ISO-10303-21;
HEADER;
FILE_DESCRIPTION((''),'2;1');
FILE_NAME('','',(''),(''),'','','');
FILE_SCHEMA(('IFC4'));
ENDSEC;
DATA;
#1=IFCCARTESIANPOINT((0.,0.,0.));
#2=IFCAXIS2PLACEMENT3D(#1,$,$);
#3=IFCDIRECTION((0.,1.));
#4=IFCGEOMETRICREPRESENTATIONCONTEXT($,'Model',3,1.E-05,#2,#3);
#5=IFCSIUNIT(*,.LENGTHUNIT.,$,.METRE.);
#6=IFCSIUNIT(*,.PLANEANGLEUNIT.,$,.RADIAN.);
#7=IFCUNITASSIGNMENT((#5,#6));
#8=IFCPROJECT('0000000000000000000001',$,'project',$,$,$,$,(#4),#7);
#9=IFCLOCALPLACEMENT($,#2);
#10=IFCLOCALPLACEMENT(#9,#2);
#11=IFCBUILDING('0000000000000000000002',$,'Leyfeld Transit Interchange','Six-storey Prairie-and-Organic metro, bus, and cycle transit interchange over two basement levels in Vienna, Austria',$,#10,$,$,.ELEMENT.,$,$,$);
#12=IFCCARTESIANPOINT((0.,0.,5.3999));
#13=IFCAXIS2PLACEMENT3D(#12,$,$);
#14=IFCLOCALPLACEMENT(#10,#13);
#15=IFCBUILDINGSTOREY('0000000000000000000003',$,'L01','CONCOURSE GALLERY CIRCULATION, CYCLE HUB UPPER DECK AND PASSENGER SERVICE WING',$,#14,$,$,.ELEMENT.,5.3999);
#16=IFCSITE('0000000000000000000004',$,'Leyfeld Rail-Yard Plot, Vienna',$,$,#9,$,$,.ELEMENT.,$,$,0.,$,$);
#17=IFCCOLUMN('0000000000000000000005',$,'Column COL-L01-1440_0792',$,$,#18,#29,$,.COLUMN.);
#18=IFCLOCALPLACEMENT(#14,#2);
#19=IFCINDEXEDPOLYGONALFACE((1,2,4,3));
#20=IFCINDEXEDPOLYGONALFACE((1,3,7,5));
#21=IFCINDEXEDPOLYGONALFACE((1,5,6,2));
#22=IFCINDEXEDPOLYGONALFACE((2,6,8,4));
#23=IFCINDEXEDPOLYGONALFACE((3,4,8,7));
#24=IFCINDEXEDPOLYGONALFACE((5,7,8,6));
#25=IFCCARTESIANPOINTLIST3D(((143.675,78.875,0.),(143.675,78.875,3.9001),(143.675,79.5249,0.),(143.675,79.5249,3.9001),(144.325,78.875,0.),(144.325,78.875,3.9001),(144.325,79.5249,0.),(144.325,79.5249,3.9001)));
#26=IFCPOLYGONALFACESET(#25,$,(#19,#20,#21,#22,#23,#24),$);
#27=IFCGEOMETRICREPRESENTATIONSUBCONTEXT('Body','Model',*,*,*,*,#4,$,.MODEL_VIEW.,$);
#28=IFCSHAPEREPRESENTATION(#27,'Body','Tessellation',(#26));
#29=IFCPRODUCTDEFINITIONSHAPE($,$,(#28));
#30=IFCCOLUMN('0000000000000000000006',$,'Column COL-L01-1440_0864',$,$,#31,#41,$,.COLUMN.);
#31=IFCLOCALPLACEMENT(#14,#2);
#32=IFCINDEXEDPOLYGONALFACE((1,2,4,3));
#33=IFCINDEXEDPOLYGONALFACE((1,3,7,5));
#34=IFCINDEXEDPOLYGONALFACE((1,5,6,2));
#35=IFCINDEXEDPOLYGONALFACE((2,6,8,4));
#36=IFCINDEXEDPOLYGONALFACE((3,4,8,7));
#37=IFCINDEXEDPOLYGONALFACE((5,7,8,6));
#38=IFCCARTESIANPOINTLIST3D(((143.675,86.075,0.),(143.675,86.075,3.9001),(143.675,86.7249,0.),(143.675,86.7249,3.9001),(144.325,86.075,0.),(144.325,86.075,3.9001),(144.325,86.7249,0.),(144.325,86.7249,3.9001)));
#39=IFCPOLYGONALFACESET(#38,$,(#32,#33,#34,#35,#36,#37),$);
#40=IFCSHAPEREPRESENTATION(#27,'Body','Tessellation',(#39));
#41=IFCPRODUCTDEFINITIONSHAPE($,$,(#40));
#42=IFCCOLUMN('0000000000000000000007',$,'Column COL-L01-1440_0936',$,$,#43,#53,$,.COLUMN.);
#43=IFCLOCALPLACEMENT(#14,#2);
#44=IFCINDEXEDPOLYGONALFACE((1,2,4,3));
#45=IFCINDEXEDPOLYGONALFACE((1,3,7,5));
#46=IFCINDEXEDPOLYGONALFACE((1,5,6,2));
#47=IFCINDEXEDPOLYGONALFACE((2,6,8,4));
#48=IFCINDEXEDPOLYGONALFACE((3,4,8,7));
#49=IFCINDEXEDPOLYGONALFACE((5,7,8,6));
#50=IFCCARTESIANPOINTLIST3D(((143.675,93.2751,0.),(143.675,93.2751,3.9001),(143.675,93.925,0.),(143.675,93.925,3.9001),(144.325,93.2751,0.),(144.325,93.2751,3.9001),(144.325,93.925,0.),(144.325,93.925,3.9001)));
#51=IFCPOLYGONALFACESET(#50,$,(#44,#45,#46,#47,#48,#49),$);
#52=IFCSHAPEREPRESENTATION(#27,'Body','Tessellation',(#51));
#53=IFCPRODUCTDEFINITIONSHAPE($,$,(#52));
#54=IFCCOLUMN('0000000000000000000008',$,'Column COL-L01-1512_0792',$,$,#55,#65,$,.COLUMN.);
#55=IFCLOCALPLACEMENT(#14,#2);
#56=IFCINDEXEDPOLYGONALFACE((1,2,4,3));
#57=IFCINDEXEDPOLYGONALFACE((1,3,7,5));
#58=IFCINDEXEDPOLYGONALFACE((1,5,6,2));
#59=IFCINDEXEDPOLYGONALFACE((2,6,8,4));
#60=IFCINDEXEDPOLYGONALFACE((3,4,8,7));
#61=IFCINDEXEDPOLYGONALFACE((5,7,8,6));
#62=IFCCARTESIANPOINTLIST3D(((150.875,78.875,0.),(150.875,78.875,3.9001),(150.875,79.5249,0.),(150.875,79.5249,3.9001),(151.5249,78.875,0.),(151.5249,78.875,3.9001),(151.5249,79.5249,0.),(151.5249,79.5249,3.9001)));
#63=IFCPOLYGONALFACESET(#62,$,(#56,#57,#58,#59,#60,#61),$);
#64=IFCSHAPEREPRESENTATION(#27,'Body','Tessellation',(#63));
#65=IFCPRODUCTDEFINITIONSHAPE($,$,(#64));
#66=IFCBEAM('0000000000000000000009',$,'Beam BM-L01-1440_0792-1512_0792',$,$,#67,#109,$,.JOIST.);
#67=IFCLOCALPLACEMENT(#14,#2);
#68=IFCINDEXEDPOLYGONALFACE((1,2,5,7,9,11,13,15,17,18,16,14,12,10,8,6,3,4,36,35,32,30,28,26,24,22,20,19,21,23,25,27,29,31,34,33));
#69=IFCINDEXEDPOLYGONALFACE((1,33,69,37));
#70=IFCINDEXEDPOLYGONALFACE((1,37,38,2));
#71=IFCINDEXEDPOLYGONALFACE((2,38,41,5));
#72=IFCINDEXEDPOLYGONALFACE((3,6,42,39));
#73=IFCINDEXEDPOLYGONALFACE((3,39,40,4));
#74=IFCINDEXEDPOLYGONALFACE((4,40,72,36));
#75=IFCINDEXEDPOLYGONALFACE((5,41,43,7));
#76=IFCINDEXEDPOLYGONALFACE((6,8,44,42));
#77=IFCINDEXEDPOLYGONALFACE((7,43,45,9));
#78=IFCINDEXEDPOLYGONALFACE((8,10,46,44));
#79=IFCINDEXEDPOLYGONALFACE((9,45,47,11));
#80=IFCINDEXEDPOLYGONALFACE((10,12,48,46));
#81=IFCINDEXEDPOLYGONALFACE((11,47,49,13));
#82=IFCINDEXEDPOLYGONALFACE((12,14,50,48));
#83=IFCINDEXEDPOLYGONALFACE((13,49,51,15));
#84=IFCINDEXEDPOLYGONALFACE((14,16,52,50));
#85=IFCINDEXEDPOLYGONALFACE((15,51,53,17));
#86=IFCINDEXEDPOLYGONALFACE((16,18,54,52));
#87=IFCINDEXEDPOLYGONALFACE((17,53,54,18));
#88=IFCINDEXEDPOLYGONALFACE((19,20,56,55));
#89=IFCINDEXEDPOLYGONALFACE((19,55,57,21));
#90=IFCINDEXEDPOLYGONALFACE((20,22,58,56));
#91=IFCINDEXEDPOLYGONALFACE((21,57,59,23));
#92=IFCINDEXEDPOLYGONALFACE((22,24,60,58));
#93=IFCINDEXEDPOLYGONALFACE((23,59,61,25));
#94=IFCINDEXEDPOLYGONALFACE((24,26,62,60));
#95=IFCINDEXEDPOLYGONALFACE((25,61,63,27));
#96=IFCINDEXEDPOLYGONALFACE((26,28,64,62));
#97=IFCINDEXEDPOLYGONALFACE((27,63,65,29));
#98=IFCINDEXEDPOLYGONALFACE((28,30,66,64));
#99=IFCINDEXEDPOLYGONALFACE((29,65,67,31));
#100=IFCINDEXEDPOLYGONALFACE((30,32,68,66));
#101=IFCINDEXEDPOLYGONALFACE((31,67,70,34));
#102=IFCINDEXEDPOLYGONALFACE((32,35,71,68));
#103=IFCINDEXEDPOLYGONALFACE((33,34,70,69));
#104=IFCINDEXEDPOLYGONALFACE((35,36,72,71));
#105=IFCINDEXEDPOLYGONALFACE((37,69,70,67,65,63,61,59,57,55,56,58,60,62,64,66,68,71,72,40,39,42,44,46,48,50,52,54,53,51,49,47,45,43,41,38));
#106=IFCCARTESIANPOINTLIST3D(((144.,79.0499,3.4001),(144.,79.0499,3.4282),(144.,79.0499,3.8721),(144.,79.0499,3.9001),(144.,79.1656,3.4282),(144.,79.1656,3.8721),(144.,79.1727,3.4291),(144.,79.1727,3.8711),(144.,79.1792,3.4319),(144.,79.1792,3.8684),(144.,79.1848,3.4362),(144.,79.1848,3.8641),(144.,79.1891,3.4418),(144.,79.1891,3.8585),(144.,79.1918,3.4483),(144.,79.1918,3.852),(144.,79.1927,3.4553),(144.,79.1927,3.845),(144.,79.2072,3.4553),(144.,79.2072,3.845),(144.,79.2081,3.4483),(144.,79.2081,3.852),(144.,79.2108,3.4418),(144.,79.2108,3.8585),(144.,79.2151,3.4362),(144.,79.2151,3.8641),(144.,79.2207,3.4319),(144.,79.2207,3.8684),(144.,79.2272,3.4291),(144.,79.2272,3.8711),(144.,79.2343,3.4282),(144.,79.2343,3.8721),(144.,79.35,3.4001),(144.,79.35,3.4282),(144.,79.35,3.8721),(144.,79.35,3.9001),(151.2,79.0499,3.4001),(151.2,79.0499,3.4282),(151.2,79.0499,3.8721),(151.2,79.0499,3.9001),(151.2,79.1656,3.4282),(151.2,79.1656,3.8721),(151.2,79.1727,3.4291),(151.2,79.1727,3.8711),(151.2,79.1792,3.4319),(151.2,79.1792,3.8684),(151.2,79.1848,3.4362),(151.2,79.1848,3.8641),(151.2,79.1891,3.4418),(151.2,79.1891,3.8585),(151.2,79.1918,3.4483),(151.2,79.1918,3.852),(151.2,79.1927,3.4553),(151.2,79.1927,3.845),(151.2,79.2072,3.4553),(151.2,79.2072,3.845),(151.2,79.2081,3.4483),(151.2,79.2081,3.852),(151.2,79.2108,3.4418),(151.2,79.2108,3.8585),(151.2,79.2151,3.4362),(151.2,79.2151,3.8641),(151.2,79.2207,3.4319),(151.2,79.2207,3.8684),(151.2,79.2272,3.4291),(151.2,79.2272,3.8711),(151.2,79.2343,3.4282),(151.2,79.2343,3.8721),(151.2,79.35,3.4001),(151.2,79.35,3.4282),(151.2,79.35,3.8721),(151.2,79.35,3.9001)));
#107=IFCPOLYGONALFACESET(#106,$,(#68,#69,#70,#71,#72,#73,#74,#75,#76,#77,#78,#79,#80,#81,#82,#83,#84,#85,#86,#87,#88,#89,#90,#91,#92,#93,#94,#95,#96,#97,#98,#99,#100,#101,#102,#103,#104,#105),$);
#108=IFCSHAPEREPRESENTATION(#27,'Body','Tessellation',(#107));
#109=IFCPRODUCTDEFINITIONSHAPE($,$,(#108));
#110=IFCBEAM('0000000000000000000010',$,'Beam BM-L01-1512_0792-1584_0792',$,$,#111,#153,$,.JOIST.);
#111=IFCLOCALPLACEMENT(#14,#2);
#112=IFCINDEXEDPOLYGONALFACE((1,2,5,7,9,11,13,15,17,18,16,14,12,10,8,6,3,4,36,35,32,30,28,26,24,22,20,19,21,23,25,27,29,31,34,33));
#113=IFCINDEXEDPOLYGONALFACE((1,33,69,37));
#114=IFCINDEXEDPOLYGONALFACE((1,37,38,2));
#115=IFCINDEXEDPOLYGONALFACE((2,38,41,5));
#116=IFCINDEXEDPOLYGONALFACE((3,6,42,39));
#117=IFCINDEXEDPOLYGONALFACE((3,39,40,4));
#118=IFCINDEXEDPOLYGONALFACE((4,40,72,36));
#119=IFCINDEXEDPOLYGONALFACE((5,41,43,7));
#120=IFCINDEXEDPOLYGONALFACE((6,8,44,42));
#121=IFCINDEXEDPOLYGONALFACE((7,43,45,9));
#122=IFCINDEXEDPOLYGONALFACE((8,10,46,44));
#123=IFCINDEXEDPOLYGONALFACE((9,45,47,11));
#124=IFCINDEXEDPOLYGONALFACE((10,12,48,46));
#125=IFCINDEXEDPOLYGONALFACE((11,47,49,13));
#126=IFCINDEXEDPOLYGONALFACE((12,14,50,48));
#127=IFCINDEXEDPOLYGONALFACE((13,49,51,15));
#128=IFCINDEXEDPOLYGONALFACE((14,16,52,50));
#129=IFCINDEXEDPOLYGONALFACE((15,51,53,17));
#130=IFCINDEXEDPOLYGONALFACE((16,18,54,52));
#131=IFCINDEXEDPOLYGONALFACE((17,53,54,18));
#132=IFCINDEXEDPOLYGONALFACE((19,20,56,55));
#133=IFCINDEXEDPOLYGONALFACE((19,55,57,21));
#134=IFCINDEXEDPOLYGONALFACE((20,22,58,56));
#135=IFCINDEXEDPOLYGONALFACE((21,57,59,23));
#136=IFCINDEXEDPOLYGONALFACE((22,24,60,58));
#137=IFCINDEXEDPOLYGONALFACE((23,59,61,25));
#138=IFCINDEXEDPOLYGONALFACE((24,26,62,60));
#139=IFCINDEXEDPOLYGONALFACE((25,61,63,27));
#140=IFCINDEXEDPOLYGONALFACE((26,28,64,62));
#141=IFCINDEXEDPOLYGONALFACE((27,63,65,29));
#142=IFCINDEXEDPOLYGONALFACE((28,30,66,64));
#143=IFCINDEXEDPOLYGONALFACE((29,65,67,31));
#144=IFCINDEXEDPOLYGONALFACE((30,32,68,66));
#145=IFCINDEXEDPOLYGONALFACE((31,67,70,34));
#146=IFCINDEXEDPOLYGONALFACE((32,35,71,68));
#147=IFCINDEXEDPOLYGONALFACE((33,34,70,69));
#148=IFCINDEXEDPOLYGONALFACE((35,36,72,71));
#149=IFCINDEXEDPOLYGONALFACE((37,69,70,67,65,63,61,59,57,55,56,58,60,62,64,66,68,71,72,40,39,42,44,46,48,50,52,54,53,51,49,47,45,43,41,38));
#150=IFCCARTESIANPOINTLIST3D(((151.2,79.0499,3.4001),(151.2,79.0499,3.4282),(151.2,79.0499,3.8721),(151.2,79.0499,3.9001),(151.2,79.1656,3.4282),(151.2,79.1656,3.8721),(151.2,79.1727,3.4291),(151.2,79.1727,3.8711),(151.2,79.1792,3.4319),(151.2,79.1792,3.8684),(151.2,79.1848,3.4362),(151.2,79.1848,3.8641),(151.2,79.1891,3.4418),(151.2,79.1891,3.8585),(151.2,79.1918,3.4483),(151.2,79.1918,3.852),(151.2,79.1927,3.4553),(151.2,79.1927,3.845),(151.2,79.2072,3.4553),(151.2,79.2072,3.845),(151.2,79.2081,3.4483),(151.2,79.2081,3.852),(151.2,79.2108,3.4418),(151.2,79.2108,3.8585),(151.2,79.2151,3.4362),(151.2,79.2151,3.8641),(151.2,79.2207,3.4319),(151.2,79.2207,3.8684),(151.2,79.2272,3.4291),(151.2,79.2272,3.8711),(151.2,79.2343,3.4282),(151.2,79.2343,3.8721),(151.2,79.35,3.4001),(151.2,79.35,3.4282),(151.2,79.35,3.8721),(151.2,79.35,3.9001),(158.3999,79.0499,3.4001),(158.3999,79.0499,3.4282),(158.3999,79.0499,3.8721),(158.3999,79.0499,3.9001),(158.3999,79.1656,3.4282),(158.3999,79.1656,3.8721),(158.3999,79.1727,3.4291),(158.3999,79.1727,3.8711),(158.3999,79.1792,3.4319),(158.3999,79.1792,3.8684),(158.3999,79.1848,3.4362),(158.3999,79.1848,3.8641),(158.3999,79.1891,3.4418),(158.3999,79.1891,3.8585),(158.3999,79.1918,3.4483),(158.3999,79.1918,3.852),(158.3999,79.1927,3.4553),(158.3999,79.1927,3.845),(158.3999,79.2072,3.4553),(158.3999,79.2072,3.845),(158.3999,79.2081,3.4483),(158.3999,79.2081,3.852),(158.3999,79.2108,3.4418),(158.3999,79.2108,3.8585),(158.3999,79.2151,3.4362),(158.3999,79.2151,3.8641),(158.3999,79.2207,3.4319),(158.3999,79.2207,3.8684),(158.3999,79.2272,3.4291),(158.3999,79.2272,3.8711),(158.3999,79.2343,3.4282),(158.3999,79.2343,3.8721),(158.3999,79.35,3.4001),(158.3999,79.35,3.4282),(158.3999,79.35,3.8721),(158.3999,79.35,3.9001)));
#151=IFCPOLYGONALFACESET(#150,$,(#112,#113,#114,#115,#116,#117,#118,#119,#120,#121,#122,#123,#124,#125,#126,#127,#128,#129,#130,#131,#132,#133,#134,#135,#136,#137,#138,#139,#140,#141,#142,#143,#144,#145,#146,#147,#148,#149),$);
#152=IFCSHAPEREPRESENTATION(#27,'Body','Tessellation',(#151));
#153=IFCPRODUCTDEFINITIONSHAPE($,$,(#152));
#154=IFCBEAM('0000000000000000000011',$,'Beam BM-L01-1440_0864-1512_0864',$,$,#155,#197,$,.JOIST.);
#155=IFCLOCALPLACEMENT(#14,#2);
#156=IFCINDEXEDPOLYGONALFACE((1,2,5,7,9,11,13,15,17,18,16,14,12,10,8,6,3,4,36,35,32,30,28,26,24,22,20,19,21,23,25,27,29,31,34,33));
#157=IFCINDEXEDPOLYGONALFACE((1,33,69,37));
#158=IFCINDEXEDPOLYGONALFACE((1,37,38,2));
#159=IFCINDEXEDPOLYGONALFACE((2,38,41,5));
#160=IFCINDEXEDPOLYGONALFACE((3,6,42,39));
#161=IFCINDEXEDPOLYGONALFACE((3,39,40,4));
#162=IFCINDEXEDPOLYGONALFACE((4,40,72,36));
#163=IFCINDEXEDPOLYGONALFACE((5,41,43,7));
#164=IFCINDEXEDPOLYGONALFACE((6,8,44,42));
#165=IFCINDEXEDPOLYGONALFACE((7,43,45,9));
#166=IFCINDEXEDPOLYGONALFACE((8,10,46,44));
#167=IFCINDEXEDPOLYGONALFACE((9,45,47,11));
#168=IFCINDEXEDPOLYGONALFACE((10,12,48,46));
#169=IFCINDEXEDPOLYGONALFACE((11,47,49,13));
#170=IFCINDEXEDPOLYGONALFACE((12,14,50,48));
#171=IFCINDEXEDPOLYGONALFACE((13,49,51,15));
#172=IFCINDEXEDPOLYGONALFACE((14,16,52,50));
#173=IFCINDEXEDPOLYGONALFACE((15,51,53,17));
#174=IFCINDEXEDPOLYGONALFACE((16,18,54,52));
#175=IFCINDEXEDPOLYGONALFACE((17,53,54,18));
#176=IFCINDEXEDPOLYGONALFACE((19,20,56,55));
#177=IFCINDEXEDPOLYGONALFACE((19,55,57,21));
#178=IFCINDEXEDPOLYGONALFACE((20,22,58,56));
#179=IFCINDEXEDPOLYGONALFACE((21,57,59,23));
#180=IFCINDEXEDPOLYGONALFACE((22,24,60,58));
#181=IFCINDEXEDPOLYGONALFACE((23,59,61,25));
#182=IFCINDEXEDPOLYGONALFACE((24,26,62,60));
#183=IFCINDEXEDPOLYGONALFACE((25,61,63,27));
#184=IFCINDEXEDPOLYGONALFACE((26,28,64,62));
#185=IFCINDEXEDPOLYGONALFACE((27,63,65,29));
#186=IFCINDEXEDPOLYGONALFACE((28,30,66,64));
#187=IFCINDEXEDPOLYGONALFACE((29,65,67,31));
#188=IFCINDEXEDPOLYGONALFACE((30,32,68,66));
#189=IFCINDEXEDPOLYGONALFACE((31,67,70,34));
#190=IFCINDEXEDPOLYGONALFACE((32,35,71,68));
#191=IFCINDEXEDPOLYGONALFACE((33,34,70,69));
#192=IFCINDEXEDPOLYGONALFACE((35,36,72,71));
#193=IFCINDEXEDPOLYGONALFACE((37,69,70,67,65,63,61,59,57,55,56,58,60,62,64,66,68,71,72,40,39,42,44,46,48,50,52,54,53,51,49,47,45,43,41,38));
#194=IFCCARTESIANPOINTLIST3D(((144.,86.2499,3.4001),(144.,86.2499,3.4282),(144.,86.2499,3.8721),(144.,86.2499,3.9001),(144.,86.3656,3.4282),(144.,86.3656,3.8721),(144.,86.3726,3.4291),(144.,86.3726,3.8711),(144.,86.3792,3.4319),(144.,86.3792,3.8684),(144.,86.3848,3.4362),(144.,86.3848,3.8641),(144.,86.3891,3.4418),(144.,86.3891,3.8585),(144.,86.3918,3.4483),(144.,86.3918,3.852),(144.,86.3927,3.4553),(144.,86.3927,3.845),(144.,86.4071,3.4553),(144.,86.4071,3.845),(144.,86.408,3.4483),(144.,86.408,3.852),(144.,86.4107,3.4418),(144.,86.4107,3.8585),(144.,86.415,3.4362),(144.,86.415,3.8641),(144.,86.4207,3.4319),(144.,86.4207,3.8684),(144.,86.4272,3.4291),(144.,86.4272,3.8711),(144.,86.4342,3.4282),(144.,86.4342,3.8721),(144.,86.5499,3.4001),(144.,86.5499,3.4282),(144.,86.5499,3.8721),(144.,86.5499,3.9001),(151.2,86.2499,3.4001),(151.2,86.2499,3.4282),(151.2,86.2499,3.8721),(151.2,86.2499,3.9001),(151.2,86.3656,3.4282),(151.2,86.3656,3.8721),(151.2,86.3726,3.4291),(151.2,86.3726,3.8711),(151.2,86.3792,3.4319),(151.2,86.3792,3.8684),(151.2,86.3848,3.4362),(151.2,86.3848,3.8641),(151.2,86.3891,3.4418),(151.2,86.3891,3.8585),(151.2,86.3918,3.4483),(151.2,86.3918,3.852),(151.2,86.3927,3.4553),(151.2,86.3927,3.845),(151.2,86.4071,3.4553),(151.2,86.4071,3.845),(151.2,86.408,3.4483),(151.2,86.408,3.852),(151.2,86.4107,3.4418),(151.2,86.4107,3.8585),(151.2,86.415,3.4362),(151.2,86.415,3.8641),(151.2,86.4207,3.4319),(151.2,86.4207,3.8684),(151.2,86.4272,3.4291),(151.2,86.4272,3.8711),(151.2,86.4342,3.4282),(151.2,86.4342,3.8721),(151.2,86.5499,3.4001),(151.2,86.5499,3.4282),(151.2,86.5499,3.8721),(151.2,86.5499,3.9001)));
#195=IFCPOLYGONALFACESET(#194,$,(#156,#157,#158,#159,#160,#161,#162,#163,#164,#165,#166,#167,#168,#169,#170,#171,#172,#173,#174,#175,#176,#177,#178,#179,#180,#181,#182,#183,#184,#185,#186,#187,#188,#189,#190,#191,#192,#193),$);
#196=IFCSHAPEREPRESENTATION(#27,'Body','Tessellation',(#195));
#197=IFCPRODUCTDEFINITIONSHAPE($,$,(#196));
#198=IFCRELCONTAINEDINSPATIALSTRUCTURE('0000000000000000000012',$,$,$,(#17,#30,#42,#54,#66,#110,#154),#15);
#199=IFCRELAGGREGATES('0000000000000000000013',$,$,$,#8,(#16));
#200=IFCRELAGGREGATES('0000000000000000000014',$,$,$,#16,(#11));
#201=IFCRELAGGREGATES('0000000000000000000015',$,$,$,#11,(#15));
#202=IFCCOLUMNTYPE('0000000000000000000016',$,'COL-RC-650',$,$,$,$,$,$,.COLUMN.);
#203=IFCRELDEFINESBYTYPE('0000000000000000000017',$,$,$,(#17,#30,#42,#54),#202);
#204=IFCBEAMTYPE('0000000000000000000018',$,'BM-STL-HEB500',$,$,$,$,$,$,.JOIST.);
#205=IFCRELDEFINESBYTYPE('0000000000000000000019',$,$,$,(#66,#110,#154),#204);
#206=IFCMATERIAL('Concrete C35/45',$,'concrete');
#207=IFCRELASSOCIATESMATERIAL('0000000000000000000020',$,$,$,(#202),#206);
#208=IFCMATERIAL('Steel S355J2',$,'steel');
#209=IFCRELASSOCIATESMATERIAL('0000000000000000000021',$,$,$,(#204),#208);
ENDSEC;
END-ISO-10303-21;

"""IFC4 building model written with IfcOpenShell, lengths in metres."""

from ifc_helpers import new_model, si_unit, direction, frame, origin, origin_2d, place, context, subcontext, project, spatial, rectangle, i_section, extrude, material, material_profile, profile_set, type_object, element, save


model = new_model("IFC4")

# Units and contexts
model_context = context("Model", 3, precision=1e-05, world=origin(), true_north=direction((0.0, 1.0)))
body_context = subcontext(model_context, "Body", "Model", "MODEL_VIEW")
ifc_project = project(units=[si_unit("LENGTHUNIT", "METRE"), si_unit("PLANEANGLEUNIT", "RADIAN")], contexts=[model_context])

# Site, building, storey
site_placement = place(None, origin())
site = spatial("IfcSite", under=ifc_project, at=site_placement, Name="Leyfeld Rail-Yard Plot, Vienna", CompositionType="ELEMENT", RefElevation=0.0)
building_placement = place(site_placement, origin())
building = spatial("IfcBuilding", under=site, at=building_placement, Name="Leyfeld Transit Interchange", Description="Six-storey Prairie-and-Organic metro, bus, and cycle transit interchange over two basement levels in Vienna, Austria", CompositionType="ELEMENT")
storey_placement = place(building_placement, frame((0.0, 0.0, 5.3999)))
storey = spatial("IfcBuildingStorey", under=building, at=storey_placement, Name="L01", Description="CONCOURSE GALLERY CIRCULATION, CYCLE HUB UPPER DECK AND PASSENGER SERVICE WING", CompositionType="ELEMENT", Elevation=5.3999)

# Columns
ifc_material_1 = material(Name="Concrete C35/45", Category="concrete")
ifc_material_profile_1 = material_profile(ifc_material_1, rectangle(XDim=0.6499, YDim=0.6499, at=origin_2d()), Name="RC 650x650")
ifc_profile_set_1 = profile_set([ifc_material_profile_1], Name="Concrete C35/45")
column_type = type_object("IfcColumnType", Name="COL-RC-650", PredefinedType="COLUMN", material=ifc_profile_set_1)
for number, where, z_axis, x_axis, name in (
    (1, (144.0, 79.2, 0.0), (0.0, 0.0, 1.0), (1.0, 0.0, 0.0), "Column COL-L01-1440_0792"),
    (2, (144.0, 86.3999, 0.0), (0.0, 0.0, 1.0), (1.0, 0.0, 0.0), "Column COL-L01-1440_0864"),
    (3, (144.0, 93.6001, 0.0), (0.0, 0.0, 1.0), (1.0, 0.0, 0.0), "Column COL-L01-1440_0936"),
    (4, (151.2, 79.2, 0.0), (0.0, 0.0, 1.0), (1.0, 0.0, 0.0), "Column COL-L01-1512_0792"),
):
    element("IfcColumn", number, at=place(storey_placement, frame(where, z_axis=z_axis, x_axis=x_axis)), inside=storey, type_object=column_type, Name=name, PredefinedType="COLUMN", context=body_context, shape_type="SweptSolid", body=[
        extrude(rectangle(XDim=0.6499, YDim=0.6499, at=origin_2d()), origin(), (0.0, 0.0, 1.0), 3.9001),
    ])

# Beams
ifc_material_2 = material(Name="Steel S355J2", Category="steel")
ifc_material_profile_2 = material_profile(ifc_material_2, i_section(OverallWidth=0.3, OverallDepth=0.5, WebThickness=0.0144, FlangeThickness=0.0281, FilletRadius=0.0271, at=origin_2d()), Name="HEB 500")
ifc_profile_set_2 = profile_set([ifc_material_profile_2], Name="Steel S355J2")
beam_type_1 = type_object("IfcBeamType", Name="BM-STL-HEB500", PredefinedType="JOIST", material=ifc_profile_set_2)
for number, where, z_axis, x_axis, name in (
    (5, (144.0, 79.2, 3.6501), (1.0, 0.0, 0.0), (0.0, 1.0, 0.0), "Beam BM-L01-1440_0792-1512_0792"),
    (6, (151.2, 79.2, 3.6501), (1.0, 0.0, 0.0), (0.0, 1.0, 0.0), "Beam BM-L01-1512_0792-1584_0792"),
    (7, (144.0, 86.3999, 3.6501), (1.0, 0.0, 0.0), (0.0, 1.0, 0.0), "Beam BM-L01-1440_0864-1512_0864"),
):
    element("IfcBeam", number, at=place(storey_placement, frame(where, z_axis=z_axis, x_axis=x_axis)), inside=storey, type_object=beam_type_1, Name=name, PredefinedType="JOIST", context=body_context, shape_type="SweptSolid", body=[
        extrude(i_section(OverallWidth=0.3, OverallDepth=0.5, WebThickness=0.0144, FlangeThickness=0.0281, FilletRadius=0.0271, at=origin_2d()), origin(), (0.0, 0.0, 1.0), 7.2),
    ])

save(model, "model.ifc")
